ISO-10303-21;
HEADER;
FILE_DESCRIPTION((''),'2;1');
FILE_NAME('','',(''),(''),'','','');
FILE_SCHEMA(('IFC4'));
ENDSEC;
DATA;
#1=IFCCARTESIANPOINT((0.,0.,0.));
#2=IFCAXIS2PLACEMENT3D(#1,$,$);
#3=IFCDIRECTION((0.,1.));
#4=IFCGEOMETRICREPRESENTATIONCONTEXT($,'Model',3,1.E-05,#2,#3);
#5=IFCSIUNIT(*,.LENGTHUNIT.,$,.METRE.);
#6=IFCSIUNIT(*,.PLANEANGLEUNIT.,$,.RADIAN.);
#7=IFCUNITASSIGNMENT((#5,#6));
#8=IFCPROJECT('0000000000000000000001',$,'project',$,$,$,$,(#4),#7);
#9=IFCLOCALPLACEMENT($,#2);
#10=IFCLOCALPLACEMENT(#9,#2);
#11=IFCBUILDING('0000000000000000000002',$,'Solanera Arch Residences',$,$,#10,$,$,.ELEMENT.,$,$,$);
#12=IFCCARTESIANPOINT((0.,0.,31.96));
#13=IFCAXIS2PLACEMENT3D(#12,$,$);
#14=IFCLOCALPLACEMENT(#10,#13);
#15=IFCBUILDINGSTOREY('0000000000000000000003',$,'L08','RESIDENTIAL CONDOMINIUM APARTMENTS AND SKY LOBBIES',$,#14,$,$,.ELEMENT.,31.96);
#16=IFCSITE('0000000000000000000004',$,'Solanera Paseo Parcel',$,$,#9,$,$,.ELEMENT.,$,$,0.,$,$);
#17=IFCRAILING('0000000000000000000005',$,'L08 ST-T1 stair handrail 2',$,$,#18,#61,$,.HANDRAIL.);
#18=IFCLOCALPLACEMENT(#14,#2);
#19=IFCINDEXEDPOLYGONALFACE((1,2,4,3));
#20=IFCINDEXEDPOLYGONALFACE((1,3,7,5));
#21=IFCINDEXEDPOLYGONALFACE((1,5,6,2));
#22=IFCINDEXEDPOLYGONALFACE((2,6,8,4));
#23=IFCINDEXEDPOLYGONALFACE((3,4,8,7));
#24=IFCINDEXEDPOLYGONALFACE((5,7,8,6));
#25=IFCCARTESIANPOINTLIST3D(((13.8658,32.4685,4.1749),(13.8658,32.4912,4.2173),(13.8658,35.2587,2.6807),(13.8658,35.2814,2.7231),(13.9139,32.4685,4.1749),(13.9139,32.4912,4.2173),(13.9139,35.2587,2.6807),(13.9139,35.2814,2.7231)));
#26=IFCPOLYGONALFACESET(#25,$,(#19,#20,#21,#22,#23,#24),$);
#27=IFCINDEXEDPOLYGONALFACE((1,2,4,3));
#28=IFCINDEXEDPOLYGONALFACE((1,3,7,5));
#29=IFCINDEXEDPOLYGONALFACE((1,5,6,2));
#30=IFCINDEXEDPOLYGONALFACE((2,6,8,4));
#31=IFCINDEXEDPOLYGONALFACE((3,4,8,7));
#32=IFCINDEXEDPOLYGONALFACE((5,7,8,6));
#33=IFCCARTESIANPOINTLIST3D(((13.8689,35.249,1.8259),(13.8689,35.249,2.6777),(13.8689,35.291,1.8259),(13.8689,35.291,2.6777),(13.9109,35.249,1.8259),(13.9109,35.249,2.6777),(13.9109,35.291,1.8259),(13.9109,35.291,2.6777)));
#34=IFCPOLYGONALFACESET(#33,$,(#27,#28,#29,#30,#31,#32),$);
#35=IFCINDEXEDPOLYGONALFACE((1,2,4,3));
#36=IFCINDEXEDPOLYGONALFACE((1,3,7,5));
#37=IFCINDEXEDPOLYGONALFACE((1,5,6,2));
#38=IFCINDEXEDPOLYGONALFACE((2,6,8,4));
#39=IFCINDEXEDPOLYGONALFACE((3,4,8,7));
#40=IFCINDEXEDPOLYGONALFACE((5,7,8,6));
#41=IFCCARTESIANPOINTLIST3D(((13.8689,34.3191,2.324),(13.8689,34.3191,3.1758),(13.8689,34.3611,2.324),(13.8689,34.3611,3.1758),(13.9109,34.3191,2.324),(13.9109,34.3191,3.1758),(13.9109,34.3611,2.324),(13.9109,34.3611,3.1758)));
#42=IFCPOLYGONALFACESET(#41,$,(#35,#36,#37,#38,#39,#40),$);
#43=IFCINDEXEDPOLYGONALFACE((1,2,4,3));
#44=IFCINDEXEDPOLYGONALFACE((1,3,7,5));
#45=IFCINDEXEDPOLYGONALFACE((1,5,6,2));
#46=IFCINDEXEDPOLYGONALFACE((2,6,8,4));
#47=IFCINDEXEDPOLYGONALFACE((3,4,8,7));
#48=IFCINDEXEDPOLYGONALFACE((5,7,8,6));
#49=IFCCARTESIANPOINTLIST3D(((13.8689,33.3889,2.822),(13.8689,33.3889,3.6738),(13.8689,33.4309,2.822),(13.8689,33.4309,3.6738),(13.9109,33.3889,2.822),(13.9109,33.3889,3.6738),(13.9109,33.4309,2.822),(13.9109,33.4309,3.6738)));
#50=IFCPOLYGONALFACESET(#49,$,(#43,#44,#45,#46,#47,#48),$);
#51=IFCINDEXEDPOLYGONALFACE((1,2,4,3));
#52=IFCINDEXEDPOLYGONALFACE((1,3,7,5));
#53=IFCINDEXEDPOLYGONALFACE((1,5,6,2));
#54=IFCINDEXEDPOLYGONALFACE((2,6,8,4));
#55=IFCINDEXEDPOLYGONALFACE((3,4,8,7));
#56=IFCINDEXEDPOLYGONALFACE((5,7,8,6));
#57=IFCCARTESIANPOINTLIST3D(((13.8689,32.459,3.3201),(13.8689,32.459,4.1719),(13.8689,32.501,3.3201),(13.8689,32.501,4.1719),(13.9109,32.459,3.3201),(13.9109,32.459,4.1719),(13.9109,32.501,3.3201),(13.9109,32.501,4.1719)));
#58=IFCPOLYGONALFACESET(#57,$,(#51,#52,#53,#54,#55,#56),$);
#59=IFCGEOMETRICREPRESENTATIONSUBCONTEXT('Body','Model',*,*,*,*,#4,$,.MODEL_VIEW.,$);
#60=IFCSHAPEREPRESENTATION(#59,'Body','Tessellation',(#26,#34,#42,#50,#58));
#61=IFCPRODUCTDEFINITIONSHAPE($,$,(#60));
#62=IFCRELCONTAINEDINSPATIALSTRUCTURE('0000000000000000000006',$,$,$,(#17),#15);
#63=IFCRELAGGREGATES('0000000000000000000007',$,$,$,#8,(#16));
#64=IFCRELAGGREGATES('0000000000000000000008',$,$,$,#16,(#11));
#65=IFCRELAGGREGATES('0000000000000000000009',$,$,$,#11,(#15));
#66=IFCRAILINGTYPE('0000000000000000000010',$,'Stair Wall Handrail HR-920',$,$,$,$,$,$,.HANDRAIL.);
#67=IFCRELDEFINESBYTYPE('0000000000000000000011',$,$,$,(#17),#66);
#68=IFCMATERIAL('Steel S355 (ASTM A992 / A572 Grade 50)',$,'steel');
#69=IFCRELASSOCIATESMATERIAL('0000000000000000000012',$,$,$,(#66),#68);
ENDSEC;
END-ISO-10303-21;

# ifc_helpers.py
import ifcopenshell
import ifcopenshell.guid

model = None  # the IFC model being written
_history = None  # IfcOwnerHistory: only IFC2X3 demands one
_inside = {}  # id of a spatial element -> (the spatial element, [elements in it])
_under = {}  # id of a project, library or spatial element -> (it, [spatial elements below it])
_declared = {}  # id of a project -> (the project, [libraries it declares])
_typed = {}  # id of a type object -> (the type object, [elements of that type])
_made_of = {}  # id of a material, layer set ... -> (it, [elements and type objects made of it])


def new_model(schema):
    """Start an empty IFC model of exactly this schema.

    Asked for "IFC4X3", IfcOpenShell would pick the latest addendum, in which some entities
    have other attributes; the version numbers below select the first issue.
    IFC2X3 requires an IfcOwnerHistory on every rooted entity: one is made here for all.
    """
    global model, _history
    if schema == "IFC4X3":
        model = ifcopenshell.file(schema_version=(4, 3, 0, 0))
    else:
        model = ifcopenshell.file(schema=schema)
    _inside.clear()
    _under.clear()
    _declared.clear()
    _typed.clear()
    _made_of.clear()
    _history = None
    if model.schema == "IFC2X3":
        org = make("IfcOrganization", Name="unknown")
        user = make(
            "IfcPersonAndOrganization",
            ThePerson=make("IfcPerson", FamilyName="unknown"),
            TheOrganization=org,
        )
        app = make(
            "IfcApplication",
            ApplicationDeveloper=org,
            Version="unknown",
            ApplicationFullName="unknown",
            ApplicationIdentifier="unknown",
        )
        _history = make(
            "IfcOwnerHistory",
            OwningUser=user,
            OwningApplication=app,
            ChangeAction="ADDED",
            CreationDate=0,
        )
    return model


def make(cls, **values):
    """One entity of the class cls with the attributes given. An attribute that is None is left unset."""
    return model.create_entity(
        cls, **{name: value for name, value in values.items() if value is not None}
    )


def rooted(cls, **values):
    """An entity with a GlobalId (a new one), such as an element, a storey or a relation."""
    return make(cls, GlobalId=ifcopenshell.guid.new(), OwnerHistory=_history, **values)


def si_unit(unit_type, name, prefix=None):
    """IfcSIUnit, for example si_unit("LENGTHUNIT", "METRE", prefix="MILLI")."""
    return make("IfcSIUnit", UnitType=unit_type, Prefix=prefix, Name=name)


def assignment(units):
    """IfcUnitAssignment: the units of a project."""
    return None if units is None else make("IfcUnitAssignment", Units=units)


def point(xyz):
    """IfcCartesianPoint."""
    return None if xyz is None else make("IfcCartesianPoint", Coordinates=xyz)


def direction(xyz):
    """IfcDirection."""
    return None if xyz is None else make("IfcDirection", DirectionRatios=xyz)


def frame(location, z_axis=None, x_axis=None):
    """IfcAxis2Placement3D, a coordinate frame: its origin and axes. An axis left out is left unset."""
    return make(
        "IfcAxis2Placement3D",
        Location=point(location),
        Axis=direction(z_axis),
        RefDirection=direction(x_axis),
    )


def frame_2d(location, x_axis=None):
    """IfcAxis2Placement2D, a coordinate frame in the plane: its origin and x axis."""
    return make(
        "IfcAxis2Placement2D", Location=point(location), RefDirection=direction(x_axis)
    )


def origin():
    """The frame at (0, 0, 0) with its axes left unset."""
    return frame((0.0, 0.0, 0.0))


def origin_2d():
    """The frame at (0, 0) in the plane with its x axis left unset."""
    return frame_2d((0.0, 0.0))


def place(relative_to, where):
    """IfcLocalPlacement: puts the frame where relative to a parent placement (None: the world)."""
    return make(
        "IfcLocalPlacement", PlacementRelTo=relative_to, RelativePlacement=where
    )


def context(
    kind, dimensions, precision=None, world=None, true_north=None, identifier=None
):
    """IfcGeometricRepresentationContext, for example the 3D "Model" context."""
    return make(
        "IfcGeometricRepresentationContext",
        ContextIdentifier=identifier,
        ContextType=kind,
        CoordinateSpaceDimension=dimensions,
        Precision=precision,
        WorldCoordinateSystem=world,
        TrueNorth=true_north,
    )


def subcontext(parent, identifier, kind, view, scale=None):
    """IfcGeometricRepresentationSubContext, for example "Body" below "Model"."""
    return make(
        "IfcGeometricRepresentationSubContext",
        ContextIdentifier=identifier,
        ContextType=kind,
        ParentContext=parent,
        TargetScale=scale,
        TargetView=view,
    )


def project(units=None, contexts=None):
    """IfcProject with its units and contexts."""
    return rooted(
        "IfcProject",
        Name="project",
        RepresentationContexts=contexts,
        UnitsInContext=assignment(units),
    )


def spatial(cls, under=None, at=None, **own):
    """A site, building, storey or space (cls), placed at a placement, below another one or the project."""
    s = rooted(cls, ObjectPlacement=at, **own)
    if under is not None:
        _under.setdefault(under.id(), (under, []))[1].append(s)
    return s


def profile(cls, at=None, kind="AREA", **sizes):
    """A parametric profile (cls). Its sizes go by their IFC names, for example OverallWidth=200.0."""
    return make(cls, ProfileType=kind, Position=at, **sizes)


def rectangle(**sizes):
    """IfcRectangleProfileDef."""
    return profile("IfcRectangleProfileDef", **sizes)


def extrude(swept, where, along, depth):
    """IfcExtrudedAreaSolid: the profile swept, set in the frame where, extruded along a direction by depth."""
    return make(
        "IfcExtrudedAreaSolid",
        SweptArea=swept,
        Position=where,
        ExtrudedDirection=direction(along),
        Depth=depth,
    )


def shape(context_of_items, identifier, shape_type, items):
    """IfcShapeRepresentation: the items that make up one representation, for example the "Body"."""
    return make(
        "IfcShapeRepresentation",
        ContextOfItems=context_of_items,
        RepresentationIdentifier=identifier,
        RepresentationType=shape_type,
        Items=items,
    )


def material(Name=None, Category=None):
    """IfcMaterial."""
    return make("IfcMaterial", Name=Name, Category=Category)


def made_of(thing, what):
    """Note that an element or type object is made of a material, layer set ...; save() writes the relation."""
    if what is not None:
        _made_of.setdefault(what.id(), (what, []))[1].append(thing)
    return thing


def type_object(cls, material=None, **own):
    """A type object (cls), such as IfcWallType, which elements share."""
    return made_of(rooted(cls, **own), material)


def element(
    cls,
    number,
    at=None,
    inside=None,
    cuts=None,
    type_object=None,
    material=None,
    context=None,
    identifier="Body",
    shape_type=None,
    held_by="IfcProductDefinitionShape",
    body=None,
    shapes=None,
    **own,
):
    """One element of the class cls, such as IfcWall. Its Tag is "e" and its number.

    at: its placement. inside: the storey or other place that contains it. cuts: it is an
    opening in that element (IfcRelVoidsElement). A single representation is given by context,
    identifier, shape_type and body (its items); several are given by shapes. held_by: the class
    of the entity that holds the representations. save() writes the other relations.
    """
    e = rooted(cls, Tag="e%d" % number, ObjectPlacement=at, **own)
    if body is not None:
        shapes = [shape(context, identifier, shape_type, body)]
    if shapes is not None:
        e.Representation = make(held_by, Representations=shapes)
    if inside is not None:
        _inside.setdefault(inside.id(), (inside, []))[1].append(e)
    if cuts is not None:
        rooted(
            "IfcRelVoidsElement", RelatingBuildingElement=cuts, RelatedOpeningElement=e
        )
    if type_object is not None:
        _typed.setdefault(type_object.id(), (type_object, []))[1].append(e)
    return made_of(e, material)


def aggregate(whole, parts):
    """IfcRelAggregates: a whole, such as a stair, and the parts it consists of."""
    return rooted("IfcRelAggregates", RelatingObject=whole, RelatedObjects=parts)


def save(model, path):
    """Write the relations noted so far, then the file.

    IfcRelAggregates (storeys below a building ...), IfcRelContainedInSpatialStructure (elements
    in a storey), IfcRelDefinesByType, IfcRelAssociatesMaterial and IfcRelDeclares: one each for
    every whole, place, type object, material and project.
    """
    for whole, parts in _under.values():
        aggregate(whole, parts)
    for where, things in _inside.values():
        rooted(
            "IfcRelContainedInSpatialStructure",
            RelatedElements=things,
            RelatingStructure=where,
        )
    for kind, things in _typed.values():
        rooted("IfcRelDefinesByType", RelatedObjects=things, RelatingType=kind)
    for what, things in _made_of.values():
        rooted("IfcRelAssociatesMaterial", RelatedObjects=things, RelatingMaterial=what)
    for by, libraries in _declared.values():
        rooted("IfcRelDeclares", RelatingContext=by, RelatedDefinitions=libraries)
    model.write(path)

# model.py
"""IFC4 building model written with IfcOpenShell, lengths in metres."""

from ifc_helpers import new_model, si_unit, direction, frame, origin, origin_2d, place, context, subcontext, project, spatial, rectangle, extrude, material, type_object, element, save


model = new_model("IFC4")

# Units and contexts
model_context = context("Model", 3, precision=1e-05, world=origin(), true_north=direction((0.0, 1.0)))
body_context = subcontext(model_context, "Body", "Model", "MODEL_VIEW")
ifc_project = project(units=[si_unit("LENGTHUNIT", "METRE"), si_unit("PLANEANGLEUNIT", "RADIAN")], contexts=[model_context])

# Site, building, storey
site_placement = place(None, origin())
site = spatial("IfcSite", under=ifc_project, at=site_placement, Name="Solanera Paseo Parcel", CompositionType="ELEMENT", RefElevation=0.0)
building_placement = place(site_placement, origin())
building = spatial("IfcBuilding", under=site, at=building_placement, Name="Solanera Arch Residences", CompositionType="ELEMENT")
storey_placement = place(building_placement, frame((0.0, 0.0, 31.96)))
storey = spatial("IfcBuildingStorey", under=building, at=storey_placement, Name="L08", Description="RESIDENTIAL CONDOMINIUM APARTMENTS AND SKY LOBBIES", CompositionType="ELEMENT", Elevation=31.96)

# Railing
ifc_material_1 = material(Name="Steel S355 (ASTM A992 / A572 Grade 50)", Category="steel")
railing_type_1 = type_object("IfcRailingType", Name="Stair Wall Handrail HR-920", PredefinedType="HANDRAIL", material=ifc_material_1)
railing_1_placement = place(storey_placement, frame((13.8899, 35.27, 1.8259)))
element("IfcRailing", 1, at=railing_1_placement, inside=storey, type_object=railing_type_1, Name="L08 ST-T1 stair handrail 2", PredefinedType="HANDRAIL", context=body_context, shape_type="SweptSolid", body=[
    extrude(rectangle(XDim=0.0481, YDim=0.0481, at=origin_2d()), frame((0.0, 0.0, 0.876), z_axis=(0.0, -0.881549, 0.472093), x_axis=(1.0, 0.0, 0.0)), (0.0, 0.0, 1.0), 3.165),
    extrude(rectangle(XDim=0.042, YDim=0.042, at=origin_2d()), origin(), (0.0, 0.0, 1.0), 0.8518),
    extrude(rectangle(XDim=0.042, YDim=0.042, at=origin_2d()), frame((0.0, -0.9299, 0.498)), (0.0, 0.0, 1.0), 0.8518),
    extrude(rectangle(XDim=0.042, YDim=0.042, at=origin_2d()), frame((0.0, -1.8601, 0.9961)), (0.0, 0.0, 1.0), 0.8518),
    extrude(rectangle(XDim=0.042, YDim=0.042, at=origin_2d()), frame((0.0, -2.79, 1.4941)), (0.0, 0.0, 1.0), 0.8518),
])

save(model, "model.ifc")
